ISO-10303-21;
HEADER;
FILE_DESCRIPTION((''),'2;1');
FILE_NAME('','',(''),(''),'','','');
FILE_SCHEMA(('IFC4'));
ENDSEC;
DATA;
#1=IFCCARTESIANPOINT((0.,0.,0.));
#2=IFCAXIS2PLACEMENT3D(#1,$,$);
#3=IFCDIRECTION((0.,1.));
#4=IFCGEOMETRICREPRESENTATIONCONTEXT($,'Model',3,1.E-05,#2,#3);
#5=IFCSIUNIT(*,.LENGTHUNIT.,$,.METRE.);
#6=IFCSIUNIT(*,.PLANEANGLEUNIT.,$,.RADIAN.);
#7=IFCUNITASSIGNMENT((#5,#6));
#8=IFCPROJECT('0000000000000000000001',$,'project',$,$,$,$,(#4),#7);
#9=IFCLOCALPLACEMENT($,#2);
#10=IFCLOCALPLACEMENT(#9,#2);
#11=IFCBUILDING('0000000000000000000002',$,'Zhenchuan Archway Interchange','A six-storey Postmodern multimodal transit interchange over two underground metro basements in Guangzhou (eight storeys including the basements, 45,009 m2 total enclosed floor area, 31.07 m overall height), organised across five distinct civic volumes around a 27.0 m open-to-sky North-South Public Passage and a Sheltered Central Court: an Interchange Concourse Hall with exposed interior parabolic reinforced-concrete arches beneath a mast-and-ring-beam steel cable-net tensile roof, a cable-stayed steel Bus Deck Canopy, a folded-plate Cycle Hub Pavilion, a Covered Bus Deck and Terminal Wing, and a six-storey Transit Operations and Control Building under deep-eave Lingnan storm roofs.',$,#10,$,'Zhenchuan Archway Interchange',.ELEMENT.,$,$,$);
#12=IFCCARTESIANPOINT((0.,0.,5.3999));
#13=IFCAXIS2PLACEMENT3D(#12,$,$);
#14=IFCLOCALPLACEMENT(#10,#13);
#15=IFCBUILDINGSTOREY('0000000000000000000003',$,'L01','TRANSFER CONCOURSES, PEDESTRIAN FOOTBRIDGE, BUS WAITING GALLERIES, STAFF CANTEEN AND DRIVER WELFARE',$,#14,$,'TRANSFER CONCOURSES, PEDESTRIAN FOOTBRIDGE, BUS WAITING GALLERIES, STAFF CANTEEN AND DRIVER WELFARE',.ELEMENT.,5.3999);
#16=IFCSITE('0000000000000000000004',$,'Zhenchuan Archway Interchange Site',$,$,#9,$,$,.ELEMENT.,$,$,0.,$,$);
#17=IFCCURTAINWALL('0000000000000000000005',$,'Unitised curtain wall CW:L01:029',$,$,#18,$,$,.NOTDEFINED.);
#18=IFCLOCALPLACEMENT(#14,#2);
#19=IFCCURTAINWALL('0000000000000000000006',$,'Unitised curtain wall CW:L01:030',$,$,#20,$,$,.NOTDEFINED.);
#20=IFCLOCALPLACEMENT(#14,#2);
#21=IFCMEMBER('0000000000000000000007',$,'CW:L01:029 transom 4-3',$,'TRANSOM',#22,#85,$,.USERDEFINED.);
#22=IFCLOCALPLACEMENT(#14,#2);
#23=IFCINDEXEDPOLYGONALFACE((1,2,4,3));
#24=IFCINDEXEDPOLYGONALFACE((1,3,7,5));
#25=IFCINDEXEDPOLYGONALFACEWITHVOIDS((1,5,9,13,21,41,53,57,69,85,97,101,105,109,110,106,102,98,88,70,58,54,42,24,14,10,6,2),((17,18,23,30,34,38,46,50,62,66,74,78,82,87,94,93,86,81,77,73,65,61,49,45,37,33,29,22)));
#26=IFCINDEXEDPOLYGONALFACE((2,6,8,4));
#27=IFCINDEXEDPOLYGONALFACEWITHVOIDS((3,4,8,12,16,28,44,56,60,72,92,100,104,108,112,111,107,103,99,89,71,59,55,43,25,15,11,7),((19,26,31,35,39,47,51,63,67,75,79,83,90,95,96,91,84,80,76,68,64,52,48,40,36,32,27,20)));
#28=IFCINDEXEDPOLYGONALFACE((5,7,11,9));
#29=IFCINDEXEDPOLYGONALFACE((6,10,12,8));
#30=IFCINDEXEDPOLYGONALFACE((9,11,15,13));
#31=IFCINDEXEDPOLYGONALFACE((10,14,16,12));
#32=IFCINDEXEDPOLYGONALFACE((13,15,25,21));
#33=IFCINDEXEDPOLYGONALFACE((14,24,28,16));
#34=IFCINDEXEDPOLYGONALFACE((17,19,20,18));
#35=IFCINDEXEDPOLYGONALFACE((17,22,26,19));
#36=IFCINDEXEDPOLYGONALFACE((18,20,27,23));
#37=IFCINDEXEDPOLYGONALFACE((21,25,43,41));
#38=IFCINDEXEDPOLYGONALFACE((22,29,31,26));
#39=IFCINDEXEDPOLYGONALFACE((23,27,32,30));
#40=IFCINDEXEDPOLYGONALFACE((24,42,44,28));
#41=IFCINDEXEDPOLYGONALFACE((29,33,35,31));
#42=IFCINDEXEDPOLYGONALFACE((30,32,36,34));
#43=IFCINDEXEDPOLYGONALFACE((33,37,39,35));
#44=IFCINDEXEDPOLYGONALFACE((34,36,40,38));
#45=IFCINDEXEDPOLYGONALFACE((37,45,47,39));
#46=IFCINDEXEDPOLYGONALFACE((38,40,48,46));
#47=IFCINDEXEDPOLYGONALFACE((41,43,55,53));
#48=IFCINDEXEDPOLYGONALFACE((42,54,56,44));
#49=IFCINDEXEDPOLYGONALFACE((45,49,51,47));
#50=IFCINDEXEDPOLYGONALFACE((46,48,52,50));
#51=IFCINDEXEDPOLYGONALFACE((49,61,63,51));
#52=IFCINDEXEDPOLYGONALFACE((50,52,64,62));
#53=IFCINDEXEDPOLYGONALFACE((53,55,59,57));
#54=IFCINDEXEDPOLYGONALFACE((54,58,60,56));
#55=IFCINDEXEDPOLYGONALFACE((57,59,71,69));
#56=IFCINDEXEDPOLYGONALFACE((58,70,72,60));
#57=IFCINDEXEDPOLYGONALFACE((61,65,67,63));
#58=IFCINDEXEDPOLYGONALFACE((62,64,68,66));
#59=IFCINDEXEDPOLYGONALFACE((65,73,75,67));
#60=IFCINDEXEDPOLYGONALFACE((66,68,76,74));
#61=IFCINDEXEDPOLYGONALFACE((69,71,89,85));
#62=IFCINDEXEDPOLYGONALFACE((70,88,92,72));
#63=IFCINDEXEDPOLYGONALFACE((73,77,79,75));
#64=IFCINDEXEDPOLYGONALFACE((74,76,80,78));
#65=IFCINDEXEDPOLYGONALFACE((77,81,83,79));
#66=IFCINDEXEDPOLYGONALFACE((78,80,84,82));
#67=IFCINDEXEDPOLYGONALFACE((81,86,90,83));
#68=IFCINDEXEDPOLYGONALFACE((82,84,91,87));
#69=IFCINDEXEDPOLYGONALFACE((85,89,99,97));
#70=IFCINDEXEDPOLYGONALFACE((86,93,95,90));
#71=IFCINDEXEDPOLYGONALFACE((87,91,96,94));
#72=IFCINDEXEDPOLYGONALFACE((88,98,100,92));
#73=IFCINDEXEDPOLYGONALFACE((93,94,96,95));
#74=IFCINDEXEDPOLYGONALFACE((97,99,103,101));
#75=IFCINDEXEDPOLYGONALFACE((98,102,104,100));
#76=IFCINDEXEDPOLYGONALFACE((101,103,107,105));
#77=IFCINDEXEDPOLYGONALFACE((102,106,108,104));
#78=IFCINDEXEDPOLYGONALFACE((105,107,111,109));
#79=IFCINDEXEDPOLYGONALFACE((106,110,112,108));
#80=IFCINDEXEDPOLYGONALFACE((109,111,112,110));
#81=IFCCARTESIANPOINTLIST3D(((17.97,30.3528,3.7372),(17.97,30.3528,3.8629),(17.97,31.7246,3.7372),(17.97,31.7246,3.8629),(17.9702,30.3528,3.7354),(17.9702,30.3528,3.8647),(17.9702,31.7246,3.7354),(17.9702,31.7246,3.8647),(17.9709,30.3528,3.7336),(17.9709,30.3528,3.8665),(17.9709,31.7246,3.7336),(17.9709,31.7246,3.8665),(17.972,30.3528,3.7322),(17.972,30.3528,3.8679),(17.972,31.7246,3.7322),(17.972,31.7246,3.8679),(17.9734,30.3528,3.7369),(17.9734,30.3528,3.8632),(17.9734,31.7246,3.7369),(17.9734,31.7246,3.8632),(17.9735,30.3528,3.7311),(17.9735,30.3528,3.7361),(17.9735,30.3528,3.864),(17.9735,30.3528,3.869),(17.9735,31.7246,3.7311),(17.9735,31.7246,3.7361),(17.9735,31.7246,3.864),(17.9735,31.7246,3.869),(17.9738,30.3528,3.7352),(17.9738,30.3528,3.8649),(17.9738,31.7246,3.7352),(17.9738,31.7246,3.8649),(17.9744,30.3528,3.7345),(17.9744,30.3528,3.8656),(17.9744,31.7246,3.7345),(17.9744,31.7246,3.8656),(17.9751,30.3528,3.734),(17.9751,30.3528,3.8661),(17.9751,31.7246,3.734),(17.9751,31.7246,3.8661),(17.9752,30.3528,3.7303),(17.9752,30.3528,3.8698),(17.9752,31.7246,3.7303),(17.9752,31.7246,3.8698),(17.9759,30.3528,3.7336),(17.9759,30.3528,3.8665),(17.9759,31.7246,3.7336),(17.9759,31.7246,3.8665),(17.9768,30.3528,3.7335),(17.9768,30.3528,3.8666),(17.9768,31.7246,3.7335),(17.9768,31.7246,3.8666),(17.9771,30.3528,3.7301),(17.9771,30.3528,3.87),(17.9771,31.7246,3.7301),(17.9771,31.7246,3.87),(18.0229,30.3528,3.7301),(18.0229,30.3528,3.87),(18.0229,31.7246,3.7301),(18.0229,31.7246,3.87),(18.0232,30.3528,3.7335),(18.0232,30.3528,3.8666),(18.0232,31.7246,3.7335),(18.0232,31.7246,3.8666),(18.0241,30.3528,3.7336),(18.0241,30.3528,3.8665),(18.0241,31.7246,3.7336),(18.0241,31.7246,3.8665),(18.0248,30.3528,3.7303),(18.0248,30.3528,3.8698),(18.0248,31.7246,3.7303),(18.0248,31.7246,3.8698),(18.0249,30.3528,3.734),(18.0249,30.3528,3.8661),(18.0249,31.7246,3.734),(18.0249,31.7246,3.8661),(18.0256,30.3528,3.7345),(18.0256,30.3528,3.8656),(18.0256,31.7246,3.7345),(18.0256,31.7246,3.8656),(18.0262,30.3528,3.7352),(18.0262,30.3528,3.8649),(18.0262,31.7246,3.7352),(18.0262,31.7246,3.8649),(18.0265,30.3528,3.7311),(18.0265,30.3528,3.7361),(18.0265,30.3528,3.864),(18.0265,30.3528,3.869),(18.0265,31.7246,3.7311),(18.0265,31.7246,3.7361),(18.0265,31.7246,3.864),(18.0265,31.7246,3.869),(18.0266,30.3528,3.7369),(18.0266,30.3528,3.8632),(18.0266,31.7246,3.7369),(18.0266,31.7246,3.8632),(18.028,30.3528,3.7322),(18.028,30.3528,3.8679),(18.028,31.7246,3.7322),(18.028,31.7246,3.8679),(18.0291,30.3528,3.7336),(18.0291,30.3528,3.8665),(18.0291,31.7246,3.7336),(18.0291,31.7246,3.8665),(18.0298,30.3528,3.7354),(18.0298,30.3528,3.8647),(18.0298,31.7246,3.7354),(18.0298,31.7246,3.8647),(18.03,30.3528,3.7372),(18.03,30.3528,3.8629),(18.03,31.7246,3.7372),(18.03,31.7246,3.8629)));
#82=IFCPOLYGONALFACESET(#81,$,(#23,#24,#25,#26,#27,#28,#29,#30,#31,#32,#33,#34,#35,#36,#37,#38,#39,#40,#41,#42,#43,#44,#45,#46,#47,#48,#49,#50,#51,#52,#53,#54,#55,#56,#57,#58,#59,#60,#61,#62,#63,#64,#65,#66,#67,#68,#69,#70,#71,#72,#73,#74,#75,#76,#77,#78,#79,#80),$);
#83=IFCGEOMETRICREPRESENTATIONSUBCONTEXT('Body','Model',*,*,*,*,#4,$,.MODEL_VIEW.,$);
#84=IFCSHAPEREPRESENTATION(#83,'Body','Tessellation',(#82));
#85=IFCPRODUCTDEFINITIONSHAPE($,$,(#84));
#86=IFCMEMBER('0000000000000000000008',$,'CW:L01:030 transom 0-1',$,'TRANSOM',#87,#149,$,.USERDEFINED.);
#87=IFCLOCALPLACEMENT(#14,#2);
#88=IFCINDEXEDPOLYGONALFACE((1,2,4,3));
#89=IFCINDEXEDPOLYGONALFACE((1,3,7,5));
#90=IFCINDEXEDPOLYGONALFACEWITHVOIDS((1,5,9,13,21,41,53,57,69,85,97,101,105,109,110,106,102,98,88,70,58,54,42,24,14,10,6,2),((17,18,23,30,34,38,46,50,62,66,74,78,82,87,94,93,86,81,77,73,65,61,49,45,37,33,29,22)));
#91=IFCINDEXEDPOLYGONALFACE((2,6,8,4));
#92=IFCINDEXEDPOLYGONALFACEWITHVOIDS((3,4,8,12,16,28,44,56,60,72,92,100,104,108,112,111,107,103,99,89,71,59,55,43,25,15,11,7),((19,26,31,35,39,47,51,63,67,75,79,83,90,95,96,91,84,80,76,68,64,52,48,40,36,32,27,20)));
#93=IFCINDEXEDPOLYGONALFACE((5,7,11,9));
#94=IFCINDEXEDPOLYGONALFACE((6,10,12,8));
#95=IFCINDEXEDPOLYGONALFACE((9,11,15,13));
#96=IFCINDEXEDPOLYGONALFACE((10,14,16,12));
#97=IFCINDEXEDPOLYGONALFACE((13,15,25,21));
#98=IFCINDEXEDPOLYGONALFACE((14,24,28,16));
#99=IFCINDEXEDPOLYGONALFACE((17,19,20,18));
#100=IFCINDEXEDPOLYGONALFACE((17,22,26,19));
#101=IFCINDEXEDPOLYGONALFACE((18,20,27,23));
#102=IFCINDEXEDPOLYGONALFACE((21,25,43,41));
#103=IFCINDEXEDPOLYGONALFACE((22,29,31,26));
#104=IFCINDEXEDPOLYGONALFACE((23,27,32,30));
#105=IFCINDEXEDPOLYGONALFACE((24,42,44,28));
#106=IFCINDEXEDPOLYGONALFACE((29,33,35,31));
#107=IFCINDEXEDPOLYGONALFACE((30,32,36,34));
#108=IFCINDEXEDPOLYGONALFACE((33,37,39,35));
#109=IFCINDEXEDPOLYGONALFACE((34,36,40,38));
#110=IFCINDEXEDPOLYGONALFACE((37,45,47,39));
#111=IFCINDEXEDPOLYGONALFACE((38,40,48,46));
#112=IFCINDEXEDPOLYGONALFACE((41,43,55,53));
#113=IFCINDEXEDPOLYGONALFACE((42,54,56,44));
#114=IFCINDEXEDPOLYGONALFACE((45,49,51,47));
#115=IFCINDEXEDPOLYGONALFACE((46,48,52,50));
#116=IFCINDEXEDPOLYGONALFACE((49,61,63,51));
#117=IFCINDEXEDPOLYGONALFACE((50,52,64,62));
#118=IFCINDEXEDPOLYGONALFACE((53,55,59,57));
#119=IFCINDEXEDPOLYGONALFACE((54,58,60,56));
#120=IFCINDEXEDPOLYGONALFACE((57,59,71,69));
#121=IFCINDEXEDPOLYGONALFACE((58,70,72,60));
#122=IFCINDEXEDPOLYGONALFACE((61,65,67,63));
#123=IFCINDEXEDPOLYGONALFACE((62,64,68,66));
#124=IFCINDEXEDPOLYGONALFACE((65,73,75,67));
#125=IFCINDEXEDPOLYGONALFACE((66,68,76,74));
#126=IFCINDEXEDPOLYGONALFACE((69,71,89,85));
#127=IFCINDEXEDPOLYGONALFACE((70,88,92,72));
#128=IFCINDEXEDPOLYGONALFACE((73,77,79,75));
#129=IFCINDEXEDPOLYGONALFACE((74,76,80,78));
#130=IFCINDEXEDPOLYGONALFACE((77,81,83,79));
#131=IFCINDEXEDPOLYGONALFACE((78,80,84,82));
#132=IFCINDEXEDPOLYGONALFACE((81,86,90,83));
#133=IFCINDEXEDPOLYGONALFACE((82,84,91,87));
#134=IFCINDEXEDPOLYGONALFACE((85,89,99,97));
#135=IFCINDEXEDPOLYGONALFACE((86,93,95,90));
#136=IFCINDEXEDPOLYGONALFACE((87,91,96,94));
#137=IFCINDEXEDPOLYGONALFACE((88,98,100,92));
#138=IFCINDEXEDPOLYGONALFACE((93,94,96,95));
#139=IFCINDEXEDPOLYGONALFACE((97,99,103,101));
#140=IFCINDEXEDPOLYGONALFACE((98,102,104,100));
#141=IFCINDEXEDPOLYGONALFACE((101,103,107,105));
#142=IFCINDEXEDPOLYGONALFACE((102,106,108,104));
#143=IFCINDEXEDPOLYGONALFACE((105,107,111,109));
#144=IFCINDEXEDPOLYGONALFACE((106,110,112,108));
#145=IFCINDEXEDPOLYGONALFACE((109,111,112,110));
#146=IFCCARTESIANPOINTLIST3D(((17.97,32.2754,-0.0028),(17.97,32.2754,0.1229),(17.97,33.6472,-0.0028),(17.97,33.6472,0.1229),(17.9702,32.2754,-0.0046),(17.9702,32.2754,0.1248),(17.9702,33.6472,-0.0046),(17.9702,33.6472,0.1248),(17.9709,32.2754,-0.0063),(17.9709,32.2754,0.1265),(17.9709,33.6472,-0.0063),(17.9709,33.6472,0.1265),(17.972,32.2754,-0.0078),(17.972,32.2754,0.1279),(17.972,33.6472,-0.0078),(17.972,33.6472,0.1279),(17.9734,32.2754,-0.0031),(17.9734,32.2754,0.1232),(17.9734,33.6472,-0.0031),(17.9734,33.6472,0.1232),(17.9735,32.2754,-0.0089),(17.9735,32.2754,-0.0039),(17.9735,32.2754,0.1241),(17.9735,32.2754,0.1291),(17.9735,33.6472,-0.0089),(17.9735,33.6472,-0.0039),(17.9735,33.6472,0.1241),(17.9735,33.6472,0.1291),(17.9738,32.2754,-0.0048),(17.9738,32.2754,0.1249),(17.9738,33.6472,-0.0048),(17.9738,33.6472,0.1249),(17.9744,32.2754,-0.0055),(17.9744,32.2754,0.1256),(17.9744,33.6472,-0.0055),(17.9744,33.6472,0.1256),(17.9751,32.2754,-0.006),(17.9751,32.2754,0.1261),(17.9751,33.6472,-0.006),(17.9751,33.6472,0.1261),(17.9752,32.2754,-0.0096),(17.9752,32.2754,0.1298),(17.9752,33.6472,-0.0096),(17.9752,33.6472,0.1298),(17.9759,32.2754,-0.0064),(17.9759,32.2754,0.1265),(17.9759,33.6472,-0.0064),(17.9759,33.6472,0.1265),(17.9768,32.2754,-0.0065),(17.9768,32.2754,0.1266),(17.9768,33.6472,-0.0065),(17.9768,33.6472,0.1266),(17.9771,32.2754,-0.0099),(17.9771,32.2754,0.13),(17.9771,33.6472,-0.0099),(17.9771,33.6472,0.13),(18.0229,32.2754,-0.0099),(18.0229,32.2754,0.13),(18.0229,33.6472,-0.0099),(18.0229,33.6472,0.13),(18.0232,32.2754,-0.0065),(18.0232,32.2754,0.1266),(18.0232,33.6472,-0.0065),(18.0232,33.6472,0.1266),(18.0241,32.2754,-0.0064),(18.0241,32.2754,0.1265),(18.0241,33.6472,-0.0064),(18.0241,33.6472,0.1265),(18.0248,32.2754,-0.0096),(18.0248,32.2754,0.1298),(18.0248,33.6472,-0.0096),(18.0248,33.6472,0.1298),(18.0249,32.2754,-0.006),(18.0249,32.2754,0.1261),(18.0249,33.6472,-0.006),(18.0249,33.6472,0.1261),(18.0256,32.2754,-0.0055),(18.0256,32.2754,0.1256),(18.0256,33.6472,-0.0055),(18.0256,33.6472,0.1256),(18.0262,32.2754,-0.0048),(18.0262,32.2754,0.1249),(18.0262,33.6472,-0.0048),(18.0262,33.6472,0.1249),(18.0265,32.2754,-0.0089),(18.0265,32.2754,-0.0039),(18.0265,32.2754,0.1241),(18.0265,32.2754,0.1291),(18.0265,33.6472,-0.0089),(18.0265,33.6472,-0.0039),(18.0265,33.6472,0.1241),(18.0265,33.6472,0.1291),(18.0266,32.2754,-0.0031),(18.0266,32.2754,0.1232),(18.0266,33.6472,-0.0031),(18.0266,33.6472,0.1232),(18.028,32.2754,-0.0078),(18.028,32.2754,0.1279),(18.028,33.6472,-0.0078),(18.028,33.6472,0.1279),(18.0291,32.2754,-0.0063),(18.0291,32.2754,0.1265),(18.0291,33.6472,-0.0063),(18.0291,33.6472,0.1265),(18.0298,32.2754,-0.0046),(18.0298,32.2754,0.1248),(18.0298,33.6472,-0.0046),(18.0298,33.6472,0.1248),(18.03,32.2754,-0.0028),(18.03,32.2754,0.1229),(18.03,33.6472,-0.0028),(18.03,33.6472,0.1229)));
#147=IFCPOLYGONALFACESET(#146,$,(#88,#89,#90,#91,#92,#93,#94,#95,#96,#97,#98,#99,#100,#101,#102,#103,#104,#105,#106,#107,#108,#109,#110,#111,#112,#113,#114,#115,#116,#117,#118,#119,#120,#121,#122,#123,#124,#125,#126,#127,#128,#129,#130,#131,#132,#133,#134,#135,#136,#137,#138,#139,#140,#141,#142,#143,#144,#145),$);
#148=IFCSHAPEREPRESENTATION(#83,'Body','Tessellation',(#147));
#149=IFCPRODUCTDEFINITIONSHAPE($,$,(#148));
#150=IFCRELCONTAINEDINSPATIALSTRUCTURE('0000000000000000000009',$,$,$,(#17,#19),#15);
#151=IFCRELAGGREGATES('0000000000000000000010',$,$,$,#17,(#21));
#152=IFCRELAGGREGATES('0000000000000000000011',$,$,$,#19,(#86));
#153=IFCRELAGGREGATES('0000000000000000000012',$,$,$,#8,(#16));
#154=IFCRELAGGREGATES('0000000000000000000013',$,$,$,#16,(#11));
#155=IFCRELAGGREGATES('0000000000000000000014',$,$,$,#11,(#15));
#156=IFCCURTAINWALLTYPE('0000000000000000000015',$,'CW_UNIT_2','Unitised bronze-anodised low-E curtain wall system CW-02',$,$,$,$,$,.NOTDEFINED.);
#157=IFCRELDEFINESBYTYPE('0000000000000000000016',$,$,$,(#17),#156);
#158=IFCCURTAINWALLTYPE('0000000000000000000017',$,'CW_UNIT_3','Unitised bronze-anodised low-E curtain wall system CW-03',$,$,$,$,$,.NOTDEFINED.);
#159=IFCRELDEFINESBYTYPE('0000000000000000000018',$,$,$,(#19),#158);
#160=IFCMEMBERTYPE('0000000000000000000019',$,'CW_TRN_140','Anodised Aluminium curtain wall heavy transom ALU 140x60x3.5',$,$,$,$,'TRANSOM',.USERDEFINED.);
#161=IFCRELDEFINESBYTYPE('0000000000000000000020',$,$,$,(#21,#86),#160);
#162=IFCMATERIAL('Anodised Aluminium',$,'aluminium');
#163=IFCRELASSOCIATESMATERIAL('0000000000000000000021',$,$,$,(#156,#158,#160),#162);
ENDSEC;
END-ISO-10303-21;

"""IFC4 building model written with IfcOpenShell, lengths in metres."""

from ifc_helpers import new_model, si_unit, direction, frame, origin, origin_2d, place, context, subcontext, project, spatial, hollow_rectangle, extrude, material, material_profile, profile_set, type_object, element, aggregate, save


model = new_model("IFC4")

# Units and contexts
model_context = context("Model", 3, precision=1e-05, world=origin(), true_north=direction((0.0, 1.0)))
body_context = subcontext(model_context, "Body", "Model", "MODEL_VIEW")
ifc_project = project(units=[si_unit("LENGTHUNIT", "METRE"), si_unit("PLANEANGLEUNIT", "RADIAN")], contexts=[model_context])

# Site, building, storey
site_placement = place(None, origin())
site = spatial("IfcSite", under=ifc_project, at=site_placement, Name="Zhenchuan Archway Interchange Site", CompositionType="ELEMENT", RefElevation=0.0)
building_placement = place(site_placement, origin())
building = spatial("IfcBuilding", under=site, at=building_placement, Name="Zhenchuan Archway Interchange", Description="A six-storey Postmodern multimodal transit interchange over two underground metro basements in Guangzhou (eight storeys including the basements, 45,009 m2 total enclosed floor area, 31.07 m overall height), organised across five distinct civic volumes around a 27.0 m open-to-sky North-South Public Passage and a Sheltered Central Court: an Interchange Concourse Hall with exposed interior parabolic reinforced-concrete arches beneath a mast-and-ring-beam steel cable-net tensile roof, a cable-stayed steel Bus Deck Canopy, a folded-plate Cycle Hub Pavilion, a Covered Bus Deck and Terminal Wing, and a six-storey Transit Operations and Control Building under deep-eave Lingnan storm roofs.", LongName="Zhenchuan Archway Interchange", CompositionType="ELEMENT")
storey_placement = place(building_placement, frame((0.0, 0.0, 5.3999)))
storey = spatial("IfcBuildingStorey", under=building, at=storey_placement, Name="L01", Description="TRANSFER CONCOURSES, PEDESTRIAN FOOTBRIDGE, BUS WAITING GALLERIES, STAFF CANTEEN AND DRIVER WELFARE", LongName="TRANSFER CONCOURSES, PEDESTRIAN FOOTBRIDGE, BUS WAITING GALLERIES, STAFF CANTEEN AND DRIVER WELFARE", CompositionType="ELEMENT", Elevation=5.3999)

# Curtain walls
ifc_material_1 = material(Name="Anodised Aluminium", Category="aluminium")
curtain_wall_type_1 = type_object("IfcCurtainWallType", Name="CW_UNIT_2", Description="Unitised bronze-anodised low-E curtain wall system CW-02", PredefinedType="NOTDEFINED", material=ifc_material_1)
curtain_wall_1_placement = place(storey_placement, origin())
curtain_wall_1 = element("IfcCurtainWall", 1, at=curtain_wall_1_placement, inside=storey, type_object=curtain_wall_type_1, Name="Unitised curtain wall CW:L01:029", PredefinedType="NOTDEFINED")
curtain_wall_type_2 = type_object("IfcCurtainWallType", Name="CW_UNIT_3", Description="Unitised bronze-anodised low-E curtain wall system CW-03", PredefinedType="NOTDEFINED", material=ifc_material_1)
curtain_wall_2_placement = place(storey_placement, origin())
curtain_wall_2 = element("IfcCurtainWall", 2, at=curtain_wall_2_placement, inside=storey, type_object=curtain_wall_type_2, Name="Unitised curtain wall CW:L01:030", PredefinedType="NOTDEFINED")

# Members
ifc_material_profile_1 = material_profile(ifc_material_1, hollow_rectangle(XDim=0.0601, YDim=0.1399, WallThickness=0.0034, InnerFilletRadius=0.0034, OuterFilletRadius=0.0071, at=origin_2d()), Name="ALU 140x60x3.5")
ifc_profile_set_1 = profile_set([ifc_material_profile_1], Name="Anodised Aluminium")
member_type_1 = type_object("IfcMemberType", Name="CW_TRN_140", Description="Anodised Aluminium curtain wall heavy transom ALU 140x60x3.5", ElementType="TRANSOM", PredefinedType="USERDEFINED", material=ifc_profile_set_1)
member_1_placement = place(storey_placement, frame((18.0, 30.3528, 3.8), z_axis=(0.0, 1.0, 0.0), x_axis=(-1.0, 0.0, 0.0)))
member_1 = element("IfcMember", 3, at=member_1_placement, type_object=member_type_1, Name="CW:L01:029 transom 4-3", ObjectType="TRANSOM", PredefinedType="USERDEFINED", context=body_context, shape_type="SweptSolid", body=[
    extrude(hollow_rectangle(XDim=0.0601, YDim=0.1399, WallThickness=0.0034, InnerFilletRadius=0.0034, OuterFilletRadius=0.0071, at=origin_2d()), origin(), (0.0, 0.0, 1.0), 1.3718),
])
member_2_placement = place(storey_placement, frame((18.0, 32.2754, 0.0601), z_axis=(0.0, 1.0, 0.0), x_axis=(-1.0, 0.0, 0.0)))
member_2 = element("IfcMember", 4, at=member_2_placement, type_object=member_type_1, Name="CW:L01:030 transom 0-1", ObjectType="TRANSOM", PredefinedType="USERDEFINED", context=body_context, shape_type="SweptSolid", body=[
    extrude(hollow_rectangle(XDim=0.0601, YDim=0.1399, WallThickness=0.0034, InnerFilletRadius=0.0034, OuterFilletRadius=0.0071, at=origin_2d()), origin(), (0.0, 0.0, 1.0), 1.3718),
])

aggregate(curtain_wall_1, [member_1])
aggregate(curtain_wall_2, [member_2])

save(model, "model.ifc")
